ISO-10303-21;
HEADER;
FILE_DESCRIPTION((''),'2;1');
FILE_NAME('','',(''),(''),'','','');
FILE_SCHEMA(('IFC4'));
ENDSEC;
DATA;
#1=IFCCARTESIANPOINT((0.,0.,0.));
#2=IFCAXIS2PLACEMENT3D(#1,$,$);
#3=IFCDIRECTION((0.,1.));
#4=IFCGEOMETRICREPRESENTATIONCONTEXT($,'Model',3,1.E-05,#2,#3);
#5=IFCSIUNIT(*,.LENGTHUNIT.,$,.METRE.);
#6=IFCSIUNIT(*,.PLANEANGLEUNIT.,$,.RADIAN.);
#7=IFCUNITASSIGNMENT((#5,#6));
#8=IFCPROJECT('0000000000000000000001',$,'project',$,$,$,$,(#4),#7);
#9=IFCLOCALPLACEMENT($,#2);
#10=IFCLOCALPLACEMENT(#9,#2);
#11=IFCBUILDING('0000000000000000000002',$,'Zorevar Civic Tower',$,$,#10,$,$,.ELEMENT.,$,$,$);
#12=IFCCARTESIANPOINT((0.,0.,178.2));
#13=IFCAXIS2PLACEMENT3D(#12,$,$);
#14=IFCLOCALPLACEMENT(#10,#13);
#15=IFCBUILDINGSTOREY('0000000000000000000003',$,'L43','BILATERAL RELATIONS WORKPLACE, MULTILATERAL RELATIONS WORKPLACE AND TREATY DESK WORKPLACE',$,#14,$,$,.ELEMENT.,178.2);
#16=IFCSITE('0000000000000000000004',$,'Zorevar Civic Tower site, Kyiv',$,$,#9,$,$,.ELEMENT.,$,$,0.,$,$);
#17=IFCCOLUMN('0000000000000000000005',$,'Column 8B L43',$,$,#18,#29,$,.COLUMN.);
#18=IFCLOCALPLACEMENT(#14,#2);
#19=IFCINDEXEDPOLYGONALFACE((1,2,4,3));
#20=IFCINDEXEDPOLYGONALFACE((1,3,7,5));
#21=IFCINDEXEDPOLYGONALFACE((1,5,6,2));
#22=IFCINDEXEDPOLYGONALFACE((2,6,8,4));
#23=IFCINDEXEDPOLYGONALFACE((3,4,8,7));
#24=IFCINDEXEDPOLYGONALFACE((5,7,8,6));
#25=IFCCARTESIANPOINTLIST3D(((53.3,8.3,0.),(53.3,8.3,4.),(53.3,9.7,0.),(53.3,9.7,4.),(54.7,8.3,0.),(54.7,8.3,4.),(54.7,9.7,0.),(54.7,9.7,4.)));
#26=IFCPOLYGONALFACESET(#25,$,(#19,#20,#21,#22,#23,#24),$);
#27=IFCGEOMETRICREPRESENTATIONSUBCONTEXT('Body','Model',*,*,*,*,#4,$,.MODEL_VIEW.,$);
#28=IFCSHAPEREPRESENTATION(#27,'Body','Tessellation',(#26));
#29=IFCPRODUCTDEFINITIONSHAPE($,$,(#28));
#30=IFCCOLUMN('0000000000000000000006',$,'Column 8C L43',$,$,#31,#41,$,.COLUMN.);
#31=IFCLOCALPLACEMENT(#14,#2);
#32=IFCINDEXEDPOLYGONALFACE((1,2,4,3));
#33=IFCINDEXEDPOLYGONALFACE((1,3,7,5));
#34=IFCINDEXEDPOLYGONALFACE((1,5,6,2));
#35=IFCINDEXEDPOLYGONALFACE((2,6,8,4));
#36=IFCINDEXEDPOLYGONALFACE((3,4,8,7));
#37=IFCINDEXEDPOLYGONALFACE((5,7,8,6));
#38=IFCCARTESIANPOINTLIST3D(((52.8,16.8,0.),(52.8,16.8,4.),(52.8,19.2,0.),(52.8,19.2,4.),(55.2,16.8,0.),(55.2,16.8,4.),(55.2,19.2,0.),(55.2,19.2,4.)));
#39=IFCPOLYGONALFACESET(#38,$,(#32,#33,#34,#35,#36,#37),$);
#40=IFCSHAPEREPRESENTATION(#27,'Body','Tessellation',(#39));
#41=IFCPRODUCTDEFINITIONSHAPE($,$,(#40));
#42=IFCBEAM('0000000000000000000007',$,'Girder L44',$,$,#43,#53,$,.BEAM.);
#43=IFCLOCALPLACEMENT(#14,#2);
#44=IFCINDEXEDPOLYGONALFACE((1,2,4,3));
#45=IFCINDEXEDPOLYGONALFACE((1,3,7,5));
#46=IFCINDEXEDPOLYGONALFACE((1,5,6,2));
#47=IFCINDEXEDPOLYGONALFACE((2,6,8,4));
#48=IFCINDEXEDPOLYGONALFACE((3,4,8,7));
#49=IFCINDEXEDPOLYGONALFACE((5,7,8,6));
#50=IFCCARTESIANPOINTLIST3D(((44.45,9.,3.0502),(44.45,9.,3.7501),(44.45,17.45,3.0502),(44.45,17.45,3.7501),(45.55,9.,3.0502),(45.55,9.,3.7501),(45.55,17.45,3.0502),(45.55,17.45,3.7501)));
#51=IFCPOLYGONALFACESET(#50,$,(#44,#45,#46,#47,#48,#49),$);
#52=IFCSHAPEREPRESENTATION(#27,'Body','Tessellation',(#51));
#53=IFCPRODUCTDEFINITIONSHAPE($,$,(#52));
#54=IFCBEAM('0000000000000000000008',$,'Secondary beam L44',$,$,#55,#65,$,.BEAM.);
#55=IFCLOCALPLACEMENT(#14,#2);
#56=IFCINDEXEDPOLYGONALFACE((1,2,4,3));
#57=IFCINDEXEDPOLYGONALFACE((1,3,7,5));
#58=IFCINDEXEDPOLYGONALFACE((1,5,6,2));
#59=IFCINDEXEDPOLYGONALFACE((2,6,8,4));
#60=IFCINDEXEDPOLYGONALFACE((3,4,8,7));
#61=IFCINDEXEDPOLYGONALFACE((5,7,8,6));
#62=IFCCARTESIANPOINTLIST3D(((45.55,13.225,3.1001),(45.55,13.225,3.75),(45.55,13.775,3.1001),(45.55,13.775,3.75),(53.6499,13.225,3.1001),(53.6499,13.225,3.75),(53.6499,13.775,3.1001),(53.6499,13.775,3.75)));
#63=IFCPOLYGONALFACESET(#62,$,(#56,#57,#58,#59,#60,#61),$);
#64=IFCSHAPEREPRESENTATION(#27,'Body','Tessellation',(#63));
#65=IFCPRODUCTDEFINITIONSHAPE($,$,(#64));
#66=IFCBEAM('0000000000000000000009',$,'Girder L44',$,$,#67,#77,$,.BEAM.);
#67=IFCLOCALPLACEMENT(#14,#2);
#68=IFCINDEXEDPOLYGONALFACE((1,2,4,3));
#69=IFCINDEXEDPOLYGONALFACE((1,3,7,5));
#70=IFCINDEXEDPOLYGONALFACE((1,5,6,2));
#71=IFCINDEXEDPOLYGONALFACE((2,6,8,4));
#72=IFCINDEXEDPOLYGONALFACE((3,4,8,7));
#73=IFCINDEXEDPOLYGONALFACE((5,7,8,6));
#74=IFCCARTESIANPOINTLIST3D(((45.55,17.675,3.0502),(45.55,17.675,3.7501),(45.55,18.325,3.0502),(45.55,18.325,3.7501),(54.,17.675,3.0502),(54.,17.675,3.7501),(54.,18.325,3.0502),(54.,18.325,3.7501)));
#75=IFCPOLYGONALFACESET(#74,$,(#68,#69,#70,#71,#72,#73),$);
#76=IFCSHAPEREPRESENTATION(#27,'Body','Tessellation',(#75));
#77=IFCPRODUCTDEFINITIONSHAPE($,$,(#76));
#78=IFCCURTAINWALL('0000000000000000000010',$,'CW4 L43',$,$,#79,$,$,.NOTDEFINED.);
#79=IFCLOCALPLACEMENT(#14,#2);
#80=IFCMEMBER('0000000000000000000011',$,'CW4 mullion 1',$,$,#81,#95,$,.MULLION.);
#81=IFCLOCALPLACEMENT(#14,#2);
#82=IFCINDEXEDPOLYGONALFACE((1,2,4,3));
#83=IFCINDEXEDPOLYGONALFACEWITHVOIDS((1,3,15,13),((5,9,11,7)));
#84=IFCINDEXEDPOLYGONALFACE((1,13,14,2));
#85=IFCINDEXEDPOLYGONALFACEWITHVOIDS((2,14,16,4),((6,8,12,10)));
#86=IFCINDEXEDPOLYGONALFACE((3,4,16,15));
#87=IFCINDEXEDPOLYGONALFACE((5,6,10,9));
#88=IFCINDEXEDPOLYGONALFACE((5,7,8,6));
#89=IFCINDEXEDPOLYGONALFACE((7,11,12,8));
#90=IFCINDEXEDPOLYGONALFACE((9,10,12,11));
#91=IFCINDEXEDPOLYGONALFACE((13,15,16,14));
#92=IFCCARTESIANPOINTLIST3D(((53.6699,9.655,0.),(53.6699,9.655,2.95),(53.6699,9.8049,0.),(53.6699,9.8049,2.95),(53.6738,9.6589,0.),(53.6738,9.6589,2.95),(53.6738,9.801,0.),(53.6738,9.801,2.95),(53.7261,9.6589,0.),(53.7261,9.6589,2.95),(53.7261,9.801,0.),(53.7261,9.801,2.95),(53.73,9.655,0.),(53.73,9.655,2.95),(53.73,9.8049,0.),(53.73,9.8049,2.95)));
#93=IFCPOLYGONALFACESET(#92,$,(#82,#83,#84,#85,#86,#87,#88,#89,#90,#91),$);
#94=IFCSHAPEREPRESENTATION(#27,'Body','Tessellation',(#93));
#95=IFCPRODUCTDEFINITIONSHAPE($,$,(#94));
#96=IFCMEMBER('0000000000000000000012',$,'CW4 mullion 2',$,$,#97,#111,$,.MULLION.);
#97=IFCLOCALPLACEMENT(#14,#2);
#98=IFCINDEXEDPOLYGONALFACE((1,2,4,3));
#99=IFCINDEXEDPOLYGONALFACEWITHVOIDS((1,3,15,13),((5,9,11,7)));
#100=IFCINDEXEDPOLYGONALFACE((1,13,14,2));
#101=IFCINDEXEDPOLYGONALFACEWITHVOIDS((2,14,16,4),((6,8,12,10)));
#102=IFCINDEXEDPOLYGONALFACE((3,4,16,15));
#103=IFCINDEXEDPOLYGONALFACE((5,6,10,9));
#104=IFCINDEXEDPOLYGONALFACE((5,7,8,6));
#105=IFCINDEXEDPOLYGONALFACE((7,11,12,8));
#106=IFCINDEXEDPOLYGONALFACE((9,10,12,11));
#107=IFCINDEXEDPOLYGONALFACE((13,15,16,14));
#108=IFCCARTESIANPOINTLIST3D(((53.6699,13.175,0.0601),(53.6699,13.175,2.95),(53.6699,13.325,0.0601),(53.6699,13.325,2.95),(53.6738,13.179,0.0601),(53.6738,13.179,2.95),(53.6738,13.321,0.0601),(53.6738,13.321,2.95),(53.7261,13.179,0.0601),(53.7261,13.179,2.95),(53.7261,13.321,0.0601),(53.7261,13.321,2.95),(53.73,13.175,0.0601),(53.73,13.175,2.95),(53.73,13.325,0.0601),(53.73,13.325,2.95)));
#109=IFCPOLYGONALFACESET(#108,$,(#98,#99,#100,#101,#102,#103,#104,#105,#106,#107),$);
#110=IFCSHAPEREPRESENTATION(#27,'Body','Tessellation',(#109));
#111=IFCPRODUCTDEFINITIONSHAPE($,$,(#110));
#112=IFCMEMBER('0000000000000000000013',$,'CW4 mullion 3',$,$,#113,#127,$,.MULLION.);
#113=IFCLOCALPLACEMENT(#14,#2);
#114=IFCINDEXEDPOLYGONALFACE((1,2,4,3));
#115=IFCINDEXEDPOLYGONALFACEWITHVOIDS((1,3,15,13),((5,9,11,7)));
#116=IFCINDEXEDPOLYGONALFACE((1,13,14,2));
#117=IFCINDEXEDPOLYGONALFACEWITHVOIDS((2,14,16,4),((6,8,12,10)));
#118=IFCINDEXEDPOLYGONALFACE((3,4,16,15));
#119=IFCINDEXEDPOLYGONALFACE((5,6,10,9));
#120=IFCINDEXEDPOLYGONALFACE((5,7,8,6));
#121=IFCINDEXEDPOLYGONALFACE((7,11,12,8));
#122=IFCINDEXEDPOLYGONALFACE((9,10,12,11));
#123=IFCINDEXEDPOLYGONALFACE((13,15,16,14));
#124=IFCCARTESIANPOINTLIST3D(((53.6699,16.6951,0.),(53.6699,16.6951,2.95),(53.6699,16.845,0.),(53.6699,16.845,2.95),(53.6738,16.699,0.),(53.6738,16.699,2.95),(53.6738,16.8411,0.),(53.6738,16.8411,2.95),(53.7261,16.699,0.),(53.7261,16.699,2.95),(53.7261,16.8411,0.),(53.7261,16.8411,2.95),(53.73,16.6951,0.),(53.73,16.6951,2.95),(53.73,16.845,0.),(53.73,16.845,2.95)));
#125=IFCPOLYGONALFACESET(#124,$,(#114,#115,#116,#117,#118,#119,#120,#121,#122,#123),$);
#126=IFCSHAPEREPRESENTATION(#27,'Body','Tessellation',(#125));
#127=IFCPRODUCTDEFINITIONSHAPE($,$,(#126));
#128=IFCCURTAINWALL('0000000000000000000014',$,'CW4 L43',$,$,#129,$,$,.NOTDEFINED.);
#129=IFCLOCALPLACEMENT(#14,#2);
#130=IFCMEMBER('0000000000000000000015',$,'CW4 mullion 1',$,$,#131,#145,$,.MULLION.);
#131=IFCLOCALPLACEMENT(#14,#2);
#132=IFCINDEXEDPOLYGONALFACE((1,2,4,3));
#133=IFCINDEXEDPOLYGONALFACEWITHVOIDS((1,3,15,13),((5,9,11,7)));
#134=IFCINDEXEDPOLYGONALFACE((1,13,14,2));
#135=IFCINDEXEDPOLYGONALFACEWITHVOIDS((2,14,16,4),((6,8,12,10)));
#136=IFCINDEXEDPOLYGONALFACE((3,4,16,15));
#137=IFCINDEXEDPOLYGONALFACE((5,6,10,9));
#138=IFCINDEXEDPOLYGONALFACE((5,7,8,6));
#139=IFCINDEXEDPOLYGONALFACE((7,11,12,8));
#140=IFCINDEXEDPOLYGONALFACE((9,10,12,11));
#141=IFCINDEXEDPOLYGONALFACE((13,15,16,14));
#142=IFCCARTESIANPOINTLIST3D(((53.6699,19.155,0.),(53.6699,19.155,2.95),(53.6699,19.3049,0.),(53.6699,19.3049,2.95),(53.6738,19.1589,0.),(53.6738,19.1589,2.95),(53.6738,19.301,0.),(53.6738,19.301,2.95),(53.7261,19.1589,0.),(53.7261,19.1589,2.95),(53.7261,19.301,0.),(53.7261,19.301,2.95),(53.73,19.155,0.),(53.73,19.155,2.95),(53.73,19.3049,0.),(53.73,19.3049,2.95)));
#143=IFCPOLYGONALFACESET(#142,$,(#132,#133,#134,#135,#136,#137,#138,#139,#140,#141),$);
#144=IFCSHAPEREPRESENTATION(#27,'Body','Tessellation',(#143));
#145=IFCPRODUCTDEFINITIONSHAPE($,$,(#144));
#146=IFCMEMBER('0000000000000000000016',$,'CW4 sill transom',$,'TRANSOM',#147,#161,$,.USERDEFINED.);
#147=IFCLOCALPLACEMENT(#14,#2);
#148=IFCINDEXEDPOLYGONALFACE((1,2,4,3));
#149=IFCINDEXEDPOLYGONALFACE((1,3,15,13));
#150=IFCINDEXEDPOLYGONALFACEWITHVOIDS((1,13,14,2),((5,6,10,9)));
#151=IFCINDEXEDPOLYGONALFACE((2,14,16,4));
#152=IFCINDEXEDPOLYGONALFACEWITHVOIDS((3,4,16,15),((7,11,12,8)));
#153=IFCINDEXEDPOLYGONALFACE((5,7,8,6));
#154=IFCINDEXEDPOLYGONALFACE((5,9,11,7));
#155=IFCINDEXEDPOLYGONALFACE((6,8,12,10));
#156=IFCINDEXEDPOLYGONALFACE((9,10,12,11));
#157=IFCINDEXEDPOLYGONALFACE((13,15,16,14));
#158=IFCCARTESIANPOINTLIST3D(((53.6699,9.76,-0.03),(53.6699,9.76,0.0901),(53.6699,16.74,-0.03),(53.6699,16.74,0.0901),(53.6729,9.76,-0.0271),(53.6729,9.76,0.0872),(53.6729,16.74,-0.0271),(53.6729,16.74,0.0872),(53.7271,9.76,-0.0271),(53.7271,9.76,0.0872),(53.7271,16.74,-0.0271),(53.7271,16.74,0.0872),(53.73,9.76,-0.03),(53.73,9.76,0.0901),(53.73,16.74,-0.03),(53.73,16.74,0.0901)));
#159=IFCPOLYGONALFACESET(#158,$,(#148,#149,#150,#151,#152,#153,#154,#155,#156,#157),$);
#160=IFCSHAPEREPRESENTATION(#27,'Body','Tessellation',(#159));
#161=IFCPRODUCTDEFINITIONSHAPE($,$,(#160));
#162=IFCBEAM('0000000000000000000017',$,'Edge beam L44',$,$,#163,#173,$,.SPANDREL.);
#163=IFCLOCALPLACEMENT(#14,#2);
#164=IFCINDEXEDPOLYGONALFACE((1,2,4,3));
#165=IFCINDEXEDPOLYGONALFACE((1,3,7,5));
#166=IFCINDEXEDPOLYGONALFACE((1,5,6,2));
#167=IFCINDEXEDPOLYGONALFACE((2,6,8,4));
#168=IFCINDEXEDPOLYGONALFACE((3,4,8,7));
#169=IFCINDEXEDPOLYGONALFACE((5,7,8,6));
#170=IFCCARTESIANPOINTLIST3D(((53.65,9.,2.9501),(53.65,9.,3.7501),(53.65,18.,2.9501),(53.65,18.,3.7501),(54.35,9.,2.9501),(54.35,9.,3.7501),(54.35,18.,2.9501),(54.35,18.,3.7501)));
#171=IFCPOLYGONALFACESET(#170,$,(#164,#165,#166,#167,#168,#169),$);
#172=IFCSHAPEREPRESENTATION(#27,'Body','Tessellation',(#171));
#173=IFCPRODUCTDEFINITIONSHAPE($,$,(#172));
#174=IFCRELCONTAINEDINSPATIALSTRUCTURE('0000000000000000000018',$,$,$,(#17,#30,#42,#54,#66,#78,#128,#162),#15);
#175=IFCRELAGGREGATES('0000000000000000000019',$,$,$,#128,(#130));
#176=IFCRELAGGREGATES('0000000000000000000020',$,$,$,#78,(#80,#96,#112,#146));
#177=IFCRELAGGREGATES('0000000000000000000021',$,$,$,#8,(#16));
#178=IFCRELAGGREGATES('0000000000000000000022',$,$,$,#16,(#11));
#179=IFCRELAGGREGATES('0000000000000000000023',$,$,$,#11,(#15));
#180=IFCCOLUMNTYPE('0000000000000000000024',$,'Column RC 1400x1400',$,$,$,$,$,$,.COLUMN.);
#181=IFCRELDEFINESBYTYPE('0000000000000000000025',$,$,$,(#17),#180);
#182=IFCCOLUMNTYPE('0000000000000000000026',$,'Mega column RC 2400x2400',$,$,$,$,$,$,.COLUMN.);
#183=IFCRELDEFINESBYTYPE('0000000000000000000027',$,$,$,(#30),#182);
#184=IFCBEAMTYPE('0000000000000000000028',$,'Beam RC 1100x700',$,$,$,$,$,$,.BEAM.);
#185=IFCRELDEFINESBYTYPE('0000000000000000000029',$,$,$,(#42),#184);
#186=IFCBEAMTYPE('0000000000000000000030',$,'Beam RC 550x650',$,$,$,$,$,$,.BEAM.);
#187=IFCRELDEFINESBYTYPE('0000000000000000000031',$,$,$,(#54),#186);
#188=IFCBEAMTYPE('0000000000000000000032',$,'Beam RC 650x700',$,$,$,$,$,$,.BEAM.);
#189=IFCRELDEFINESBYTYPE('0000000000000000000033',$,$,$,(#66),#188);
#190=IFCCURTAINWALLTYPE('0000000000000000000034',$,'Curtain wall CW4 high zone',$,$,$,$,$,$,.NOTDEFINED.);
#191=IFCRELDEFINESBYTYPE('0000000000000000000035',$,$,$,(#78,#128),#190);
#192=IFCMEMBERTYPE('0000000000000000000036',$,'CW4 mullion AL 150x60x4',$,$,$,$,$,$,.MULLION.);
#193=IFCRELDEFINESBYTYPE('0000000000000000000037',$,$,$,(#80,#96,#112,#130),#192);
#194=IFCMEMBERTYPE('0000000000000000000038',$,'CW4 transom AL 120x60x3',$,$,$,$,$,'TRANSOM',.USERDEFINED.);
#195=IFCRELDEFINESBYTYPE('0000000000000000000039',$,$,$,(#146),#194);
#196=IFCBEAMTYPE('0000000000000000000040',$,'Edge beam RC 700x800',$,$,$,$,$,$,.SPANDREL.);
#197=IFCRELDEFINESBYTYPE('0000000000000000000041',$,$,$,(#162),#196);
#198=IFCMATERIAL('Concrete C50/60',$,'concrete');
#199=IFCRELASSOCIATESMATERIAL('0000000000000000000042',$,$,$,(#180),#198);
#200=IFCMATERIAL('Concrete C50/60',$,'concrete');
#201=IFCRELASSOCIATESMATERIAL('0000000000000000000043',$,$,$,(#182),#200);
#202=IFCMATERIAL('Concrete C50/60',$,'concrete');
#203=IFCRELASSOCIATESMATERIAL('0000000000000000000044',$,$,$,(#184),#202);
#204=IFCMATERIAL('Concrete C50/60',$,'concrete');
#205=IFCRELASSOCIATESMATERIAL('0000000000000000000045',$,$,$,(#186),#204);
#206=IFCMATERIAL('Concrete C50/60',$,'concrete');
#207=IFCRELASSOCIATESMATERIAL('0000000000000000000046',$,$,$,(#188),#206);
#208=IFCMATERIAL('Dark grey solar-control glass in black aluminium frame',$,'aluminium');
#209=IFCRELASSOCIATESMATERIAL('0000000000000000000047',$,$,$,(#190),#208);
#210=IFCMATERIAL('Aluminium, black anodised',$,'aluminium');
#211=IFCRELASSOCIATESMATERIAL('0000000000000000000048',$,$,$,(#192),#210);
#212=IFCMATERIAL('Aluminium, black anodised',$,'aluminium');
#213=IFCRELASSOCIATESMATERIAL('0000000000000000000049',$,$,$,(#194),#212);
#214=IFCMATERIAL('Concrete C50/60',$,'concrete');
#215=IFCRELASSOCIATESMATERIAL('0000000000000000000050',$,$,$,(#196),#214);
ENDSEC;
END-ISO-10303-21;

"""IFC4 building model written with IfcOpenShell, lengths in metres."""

from ifc_helpers import new_model, si_unit, direction, frame, origin, origin_2d, place, context, subcontext, project, spatial, rectangle, hollow_rectangle, extrude, material, material_profile, profile_set, type_object, element, aggregate, save


model = new_model("IFC4")

# Units and contexts
model_context = context("Model", 3, precision=1e-05, world=origin(), true_north=direction((0.0, 1.0)))
body_context = subcontext(model_context, "Body", "Model", "MODEL_VIEW")
ifc_project = project(units=[si_unit("LENGTHUNIT", "METRE"), si_unit("PLANEANGLEUNIT", "RADIAN")], contexts=[model_context])

# Site, building, storey
site_placement = place(None, origin())
site = spatial("IfcSite", under=ifc_project, at=site_placement, Name="Zorevar Civic Tower site, Kyiv", CompositionType="ELEMENT", RefElevation=0.0)
building_placement = place(site_placement, origin())
building = spatial("IfcBuilding", under=site, at=building_placement, Name="Zorevar Civic Tower", CompositionType="ELEMENT")
storey_placement = place(building_placement, frame((0.0, 0.0, 178.2)))
storey = spatial("IfcBuildingStorey", under=building, at=storey_placement, Name="L43", Description="BILATERAL RELATIONS WORKPLACE, MULTILATERAL RELATIONS WORKPLACE AND TREATY DESK WORKPLACE", CompositionType="ELEMENT", Elevation=178.2)

# Columns
ifc_material_1 = material(Name="Concrete C50/60", Category="concrete")
ifc_material_profile_1 = material_profile(ifc_material_1, rectangle(XDim=1.3999, YDim=1.3999, at=origin_2d()), Name="RC 1400x1400")
ifc_profile_set_1 = profile_set([ifc_material_profile_1], Name="Concrete C50/60")
column_type_1 = type_object("IfcColumnType", Name="Column RC 1400x1400", PredefinedType="COLUMN", material=ifc_profile_set_1)
column_1_placement = place(storey_placement, frame((54.0, 9.0, 0.0), z_axis=(0.0, 0.0, 1.0), x_axis=(1.0, 0.0, 0.0)))
element("IfcColumn", 1, at=column_1_placement, inside=storey, type_object=column_type_1, Name="Column 8B L43", PredefinedType="COLUMN", context=body_context, shape_type="SweptSolid", body=[
    extrude(rectangle(XDim=1.3999, YDim=1.3999, at=origin_2d()), origin(), (0.0, 0.0, 1.0), 4.0),
])
ifc_material_2 = material(Name="Concrete C50/60", Category="concrete")
ifc_material_profile_2 = material_profile(ifc_material_2, rectangle(XDim=2.3999, YDim=2.3999, at=origin_2d()), Name="RC 2400x2400")
ifc_profile_set_2 = profile_set([ifc_material_profile_2], Name="Concrete C50/60")
column_type_2 = type_object("IfcColumnType", Name="Mega column RC 2400x2400", PredefinedType="COLUMN", material=ifc_profile_set_2)
column_2_placement = place(storey_placement, frame((54.0, 18.0, 0.0), z_axis=(0.0, 0.0, 1.0), x_axis=(1.0, 0.0, 0.0)))
element("IfcColumn", 2, at=column_2_placement, inside=storey, type_object=column_type_2, Name="Column 8C L43", PredefinedType="COLUMN", context=body_context, shape_type="SweptSolid", body=[
    extrude(rectangle(XDim=2.3999, YDim=2.3999, at=origin_2d()), origin(), (0.0, 0.0, 1.0), 4.0),
])

# Beams
ifc_material_3 = material(Name="Concrete C50/60", Category="concrete")
ifc_material_profile_3 = material_profile(ifc_material_3, rectangle(XDim=1.1001, YDim=0.7, at=origin_2d()), Name="RC 1100x700")
ifc_profile_set_3 = profile_set([ifc_material_profile_3], Name="Concrete C50/60")
beam_type_1 = type_object("IfcBeamType", Name="Beam RC 1100x700", PredefinedType="BEAM", material=ifc_profile_set_3)
beam_1_placement = place(storey_placement, frame((45.0, 9.0, 3.4001), z_axis=(0.0, 1.0, 0.0), x_axis=(-1.0, 0.0, 0.0)))
element("IfcBeam", 3, at=beam_1_placement, inside=storey, type_object=beam_type_1, Name="Girder L44", PredefinedType="BEAM", context=body_context, shape_type="SweptSolid", body=[
    extrude(rectangle(XDim=1.1001, YDim=0.7, at=origin_2d()), origin(), (0.0, 0.0, 1.0), 8.45),
])
ifc_material_4 = material(Name="Concrete C50/60", Category="concrete")
ifc_material_profile_4 = material_profile(ifc_material_4, rectangle(XDim=0.55, YDim=0.6499, at=origin_2d()), Name="RC 550x650")
ifc_profile_set_4 = profile_set([ifc_material_profile_4], Name="Concrete C50/60")
beam_type_2 = type_object("IfcBeamType", Name="Beam RC 550x650", PredefinedType="BEAM", material=ifc_profile_set_4)
beam_2_placement = place(storey_placement, frame((45.55, 13.5, 3.425), z_axis=(1.0, 0.0, 0.0), x_axis=(0.0, 1.0, 0.0)))
element("IfcBeam", 4, at=beam_2_placement, inside=storey, type_object=beam_type_2, Name="Secondary beam L44", PredefinedType="BEAM", context=body_context, shape_type="SweptSolid", body=[
    extrude(rectangle(XDim=0.55, YDim=0.6499, at=origin_2d()), origin(), (0.0, 0.0, 1.0), 8.0999),
])
ifc_material_5 = material(Name="Concrete C50/60", Category="concrete")
ifc_material_profile_5 = material_profile(ifc_material_5, rectangle(XDim=0.6499, YDim=0.7, at=origin_2d()), Name="RC 650x700")
ifc_profile_set_5 = profile_set([ifc_material_profile_5], Name="Concrete C50/60")
beam_type_3 = type_object("IfcBeamType", Name="Beam RC 650x700", PredefinedType="BEAM", material=ifc_profile_set_5)
beam_3_placement = place(storey_placement, frame((45.55, 18.0, 3.4001), z_axis=(1.0, 0.0, 0.0), x_axis=(0.0, 1.0, 0.0)))
element("IfcBeam", 5, at=beam_3_placement, inside=storey, type_object=beam_type_3, Name="Girder L44", PredefinedType="BEAM", context=body_context, shape_type="SweptSolid", body=[
    extrude(rectangle(XDim=0.6499, YDim=0.7, at=origin_2d()), origin(), (0.0, 0.0, 1.0), 8.45),
])

# Curtain wall, members
ifc_material_6 = material(Name="Dark grey solar-control glass in black aluminium frame", Category="aluminium")
curtain_wall_type = type_object("IfcCurtainWallType", Name="Curtain wall CW4 high zone", PredefinedType="NOTDEFINED", material=ifc_material_6)
curtain_wall_1_placement = place(storey_placement, origin())
curtain_wall_1 = element("IfcCurtainWall", 6, at=curtain_wall_1_placement, inside=storey, type_object=curtain_wall_type, Name="CW4 L43", PredefinedType="NOTDEFINED")
ifc_material_7 = material(Name="Aluminium, black anodised", Category="aluminium")
ifc_material_profile_6 = material_profile(ifc_material_7, hollow_rectangle(XDim=0.0601, YDim=0.1499, WallThickness=0.0039, at=origin_2d()), Name="AL 150x60x4")
ifc_profile_set_6 = profile_set([ifc_material_profile_6], Name="Aluminium, black anodised")
member_type_1 = type_object("IfcMemberType", Name="CW4 mullion AL 150x60x4", PredefinedType="MULLION", material=ifc_profile_set_6)
member_1_placement = place(storey_placement, frame((53.7, 9.73, 0.0), z_axis=(0.0, 0.0, 1.0), x_axis=(-1.0, 0.0, 0.0)))
member_1 = element("IfcMember", 7, at=member_1_placement, type_object=member_type_1, Name="CW4 mullion 1", PredefinedType="MULLION", context=body_context, shape_type="SweptSolid", body=[
    extrude(hollow_rectangle(XDim=0.0601, YDim=0.1499, WallThickness=0.0039, at=origin_2d()), origin(), (0.0, 0.0, 1.0), 2.95),
])
member_2_placement = place(storey_placement, frame((53.7, 13.25, 0.0601), z_axis=(0.0, 0.0, 1.0), x_axis=(-1.0, 0.0, 0.0)))
member_2 = element("IfcMember", 8, at=member_2_placement, type_object=member_type_1, Name="CW4 mullion 2", PredefinedType="MULLION", context=body_context, shape_type="SweptSolid", body=[
    extrude(hollow_rectangle(XDim=0.0601, YDim=0.1499, WallThickness=0.0039, at=origin_2d()), origin(), (0.0, 0.0, 1.0), 2.8899),
])
member_3_placement = place(storey_placement, frame((53.7, 16.77, 0.0), z_axis=(0.0, 0.0, 1.0), x_axis=(-1.0, 0.0, 0.0)))
member_3 = element("IfcMember", 9, at=member_3_placement, type_object=member_type_1, Name="CW4 mullion 3", PredefinedType="MULLION", context=body_context, shape_type="SweptSolid", body=[
    extrude(hollow_rectangle(XDim=0.0601, YDim=0.1499, WallThickness=0.0039, at=origin_2d()), origin(), (0.0, 0.0, 1.0), 2.95),
])

# Curtain wall, member
curtain_wall_2_placement = place(storey_placement, origin())
curtain_wall_2 = element("IfcCurtainWall", 10, at=curtain_wall_2_placement, inside=storey, type_object=curtain_wall_type, Name="CW4 L43", PredefinedType="NOTDEFINED")
member_4_placement = place(storey_placement, frame((53.7, 19.23, 0.0), z_axis=(0.0, 0.0, 1.0), x_axis=(-1.0, 0.0, 0.0)))
member_4 = element("IfcMember", 11, at=member_4_placement, type_object=member_type_1, Name="CW4 mullion 1", PredefinedType="MULLION", context=body_context, shape_type="SweptSolid", body=[
    extrude(hollow_rectangle(XDim=0.0601, YDim=0.1499, WallThickness=0.0039, at=origin_2d()), origin(), (0.0, 0.0, 1.0), 2.95),
])
aggregate(curtain_wall_2, [member_4])

# Member
ifc_material_8 = material(Name="Aluminium, black anodised", Category="aluminium")
ifc_material_profile_7 = material_profile(ifc_material_8, hollow_rectangle(XDim=0.0601, YDim=0.1201, WallThickness=0.0029, at=origin_2d()), Name="AL 120x60x3")
ifc_profile_set_7 = profile_set([ifc_material_profile_7], Name="Aluminium, black anodised")
member_type_2 = type_object("IfcMemberType", Name="CW4 transom AL 120x60x3", ElementType="TRANSOM", PredefinedType="USERDEFINED", material=ifc_profile_set_7)
member_5_placement = place(storey_placement, frame((53.7, 9.76, 0.03), z_axis=(0.0, 1.0, 0.0), x_axis=(-1.0, 0.0, 0.0)))
member_5 = element("IfcMember", 12, at=member_5_placement, type_object=member_type_2, Name="CW4 sill transom", ObjectType="TRANSOM", PredefinedType="USERDEFINED", context=body_context, shape_type="SweptSolid", body=[
    extrude(hollow_rectangle(XDim=0.0601, YDim=0.1201, WallThickness=0.0029, at=origin_2d()), origin(), (0.0, 0.0, 1.0), 6.98),
])

# Beam
ifc_material_9 = material(Name="Concrete C50/60", Category="concrete")
ifc_material_profile_8 = material_profile(ifc_material_9, rectangle(XDim=0.7, YDim=0.8, at=origin_2d()), Name="RC 700x800")
ifc_profile_set_8 = profile_set([ifc_material_profile_8], Name="Concrete C50/60")
beam_type_4 = type_object("IfcBeamType", Name="Edge beam RC 700x800", PredefinedType="SPANDREL", material=ifc_profile_set_8)
for number, where, z_axis, x_axis, name in (
    (13, (54.0, 9.0, 3.3501), (0.0, 1.0, 0.0), (-1.0, 0.0, 0.0), "Edge beam L44"),
):
    element("IfcBeam", number, at=place(storey_placement, frame(where, z_axis=z_axis, x_axis=x_axis)), inside=storey, type_object=beam_type_4, Name=name, PredefinedType="SPANDREL", context=body_context, shape_type="SweptSolid", body=[
        extrude(rectangle(XDim=0.7, YDim=0.8, at=origin_2d()), origin(), (0.0, 0.0, 1.0), 9.0),
    ])

aggregate(curtain_wall_1, [member_1, member_2, member_3, member_5])

save(model, "model.ifc")
